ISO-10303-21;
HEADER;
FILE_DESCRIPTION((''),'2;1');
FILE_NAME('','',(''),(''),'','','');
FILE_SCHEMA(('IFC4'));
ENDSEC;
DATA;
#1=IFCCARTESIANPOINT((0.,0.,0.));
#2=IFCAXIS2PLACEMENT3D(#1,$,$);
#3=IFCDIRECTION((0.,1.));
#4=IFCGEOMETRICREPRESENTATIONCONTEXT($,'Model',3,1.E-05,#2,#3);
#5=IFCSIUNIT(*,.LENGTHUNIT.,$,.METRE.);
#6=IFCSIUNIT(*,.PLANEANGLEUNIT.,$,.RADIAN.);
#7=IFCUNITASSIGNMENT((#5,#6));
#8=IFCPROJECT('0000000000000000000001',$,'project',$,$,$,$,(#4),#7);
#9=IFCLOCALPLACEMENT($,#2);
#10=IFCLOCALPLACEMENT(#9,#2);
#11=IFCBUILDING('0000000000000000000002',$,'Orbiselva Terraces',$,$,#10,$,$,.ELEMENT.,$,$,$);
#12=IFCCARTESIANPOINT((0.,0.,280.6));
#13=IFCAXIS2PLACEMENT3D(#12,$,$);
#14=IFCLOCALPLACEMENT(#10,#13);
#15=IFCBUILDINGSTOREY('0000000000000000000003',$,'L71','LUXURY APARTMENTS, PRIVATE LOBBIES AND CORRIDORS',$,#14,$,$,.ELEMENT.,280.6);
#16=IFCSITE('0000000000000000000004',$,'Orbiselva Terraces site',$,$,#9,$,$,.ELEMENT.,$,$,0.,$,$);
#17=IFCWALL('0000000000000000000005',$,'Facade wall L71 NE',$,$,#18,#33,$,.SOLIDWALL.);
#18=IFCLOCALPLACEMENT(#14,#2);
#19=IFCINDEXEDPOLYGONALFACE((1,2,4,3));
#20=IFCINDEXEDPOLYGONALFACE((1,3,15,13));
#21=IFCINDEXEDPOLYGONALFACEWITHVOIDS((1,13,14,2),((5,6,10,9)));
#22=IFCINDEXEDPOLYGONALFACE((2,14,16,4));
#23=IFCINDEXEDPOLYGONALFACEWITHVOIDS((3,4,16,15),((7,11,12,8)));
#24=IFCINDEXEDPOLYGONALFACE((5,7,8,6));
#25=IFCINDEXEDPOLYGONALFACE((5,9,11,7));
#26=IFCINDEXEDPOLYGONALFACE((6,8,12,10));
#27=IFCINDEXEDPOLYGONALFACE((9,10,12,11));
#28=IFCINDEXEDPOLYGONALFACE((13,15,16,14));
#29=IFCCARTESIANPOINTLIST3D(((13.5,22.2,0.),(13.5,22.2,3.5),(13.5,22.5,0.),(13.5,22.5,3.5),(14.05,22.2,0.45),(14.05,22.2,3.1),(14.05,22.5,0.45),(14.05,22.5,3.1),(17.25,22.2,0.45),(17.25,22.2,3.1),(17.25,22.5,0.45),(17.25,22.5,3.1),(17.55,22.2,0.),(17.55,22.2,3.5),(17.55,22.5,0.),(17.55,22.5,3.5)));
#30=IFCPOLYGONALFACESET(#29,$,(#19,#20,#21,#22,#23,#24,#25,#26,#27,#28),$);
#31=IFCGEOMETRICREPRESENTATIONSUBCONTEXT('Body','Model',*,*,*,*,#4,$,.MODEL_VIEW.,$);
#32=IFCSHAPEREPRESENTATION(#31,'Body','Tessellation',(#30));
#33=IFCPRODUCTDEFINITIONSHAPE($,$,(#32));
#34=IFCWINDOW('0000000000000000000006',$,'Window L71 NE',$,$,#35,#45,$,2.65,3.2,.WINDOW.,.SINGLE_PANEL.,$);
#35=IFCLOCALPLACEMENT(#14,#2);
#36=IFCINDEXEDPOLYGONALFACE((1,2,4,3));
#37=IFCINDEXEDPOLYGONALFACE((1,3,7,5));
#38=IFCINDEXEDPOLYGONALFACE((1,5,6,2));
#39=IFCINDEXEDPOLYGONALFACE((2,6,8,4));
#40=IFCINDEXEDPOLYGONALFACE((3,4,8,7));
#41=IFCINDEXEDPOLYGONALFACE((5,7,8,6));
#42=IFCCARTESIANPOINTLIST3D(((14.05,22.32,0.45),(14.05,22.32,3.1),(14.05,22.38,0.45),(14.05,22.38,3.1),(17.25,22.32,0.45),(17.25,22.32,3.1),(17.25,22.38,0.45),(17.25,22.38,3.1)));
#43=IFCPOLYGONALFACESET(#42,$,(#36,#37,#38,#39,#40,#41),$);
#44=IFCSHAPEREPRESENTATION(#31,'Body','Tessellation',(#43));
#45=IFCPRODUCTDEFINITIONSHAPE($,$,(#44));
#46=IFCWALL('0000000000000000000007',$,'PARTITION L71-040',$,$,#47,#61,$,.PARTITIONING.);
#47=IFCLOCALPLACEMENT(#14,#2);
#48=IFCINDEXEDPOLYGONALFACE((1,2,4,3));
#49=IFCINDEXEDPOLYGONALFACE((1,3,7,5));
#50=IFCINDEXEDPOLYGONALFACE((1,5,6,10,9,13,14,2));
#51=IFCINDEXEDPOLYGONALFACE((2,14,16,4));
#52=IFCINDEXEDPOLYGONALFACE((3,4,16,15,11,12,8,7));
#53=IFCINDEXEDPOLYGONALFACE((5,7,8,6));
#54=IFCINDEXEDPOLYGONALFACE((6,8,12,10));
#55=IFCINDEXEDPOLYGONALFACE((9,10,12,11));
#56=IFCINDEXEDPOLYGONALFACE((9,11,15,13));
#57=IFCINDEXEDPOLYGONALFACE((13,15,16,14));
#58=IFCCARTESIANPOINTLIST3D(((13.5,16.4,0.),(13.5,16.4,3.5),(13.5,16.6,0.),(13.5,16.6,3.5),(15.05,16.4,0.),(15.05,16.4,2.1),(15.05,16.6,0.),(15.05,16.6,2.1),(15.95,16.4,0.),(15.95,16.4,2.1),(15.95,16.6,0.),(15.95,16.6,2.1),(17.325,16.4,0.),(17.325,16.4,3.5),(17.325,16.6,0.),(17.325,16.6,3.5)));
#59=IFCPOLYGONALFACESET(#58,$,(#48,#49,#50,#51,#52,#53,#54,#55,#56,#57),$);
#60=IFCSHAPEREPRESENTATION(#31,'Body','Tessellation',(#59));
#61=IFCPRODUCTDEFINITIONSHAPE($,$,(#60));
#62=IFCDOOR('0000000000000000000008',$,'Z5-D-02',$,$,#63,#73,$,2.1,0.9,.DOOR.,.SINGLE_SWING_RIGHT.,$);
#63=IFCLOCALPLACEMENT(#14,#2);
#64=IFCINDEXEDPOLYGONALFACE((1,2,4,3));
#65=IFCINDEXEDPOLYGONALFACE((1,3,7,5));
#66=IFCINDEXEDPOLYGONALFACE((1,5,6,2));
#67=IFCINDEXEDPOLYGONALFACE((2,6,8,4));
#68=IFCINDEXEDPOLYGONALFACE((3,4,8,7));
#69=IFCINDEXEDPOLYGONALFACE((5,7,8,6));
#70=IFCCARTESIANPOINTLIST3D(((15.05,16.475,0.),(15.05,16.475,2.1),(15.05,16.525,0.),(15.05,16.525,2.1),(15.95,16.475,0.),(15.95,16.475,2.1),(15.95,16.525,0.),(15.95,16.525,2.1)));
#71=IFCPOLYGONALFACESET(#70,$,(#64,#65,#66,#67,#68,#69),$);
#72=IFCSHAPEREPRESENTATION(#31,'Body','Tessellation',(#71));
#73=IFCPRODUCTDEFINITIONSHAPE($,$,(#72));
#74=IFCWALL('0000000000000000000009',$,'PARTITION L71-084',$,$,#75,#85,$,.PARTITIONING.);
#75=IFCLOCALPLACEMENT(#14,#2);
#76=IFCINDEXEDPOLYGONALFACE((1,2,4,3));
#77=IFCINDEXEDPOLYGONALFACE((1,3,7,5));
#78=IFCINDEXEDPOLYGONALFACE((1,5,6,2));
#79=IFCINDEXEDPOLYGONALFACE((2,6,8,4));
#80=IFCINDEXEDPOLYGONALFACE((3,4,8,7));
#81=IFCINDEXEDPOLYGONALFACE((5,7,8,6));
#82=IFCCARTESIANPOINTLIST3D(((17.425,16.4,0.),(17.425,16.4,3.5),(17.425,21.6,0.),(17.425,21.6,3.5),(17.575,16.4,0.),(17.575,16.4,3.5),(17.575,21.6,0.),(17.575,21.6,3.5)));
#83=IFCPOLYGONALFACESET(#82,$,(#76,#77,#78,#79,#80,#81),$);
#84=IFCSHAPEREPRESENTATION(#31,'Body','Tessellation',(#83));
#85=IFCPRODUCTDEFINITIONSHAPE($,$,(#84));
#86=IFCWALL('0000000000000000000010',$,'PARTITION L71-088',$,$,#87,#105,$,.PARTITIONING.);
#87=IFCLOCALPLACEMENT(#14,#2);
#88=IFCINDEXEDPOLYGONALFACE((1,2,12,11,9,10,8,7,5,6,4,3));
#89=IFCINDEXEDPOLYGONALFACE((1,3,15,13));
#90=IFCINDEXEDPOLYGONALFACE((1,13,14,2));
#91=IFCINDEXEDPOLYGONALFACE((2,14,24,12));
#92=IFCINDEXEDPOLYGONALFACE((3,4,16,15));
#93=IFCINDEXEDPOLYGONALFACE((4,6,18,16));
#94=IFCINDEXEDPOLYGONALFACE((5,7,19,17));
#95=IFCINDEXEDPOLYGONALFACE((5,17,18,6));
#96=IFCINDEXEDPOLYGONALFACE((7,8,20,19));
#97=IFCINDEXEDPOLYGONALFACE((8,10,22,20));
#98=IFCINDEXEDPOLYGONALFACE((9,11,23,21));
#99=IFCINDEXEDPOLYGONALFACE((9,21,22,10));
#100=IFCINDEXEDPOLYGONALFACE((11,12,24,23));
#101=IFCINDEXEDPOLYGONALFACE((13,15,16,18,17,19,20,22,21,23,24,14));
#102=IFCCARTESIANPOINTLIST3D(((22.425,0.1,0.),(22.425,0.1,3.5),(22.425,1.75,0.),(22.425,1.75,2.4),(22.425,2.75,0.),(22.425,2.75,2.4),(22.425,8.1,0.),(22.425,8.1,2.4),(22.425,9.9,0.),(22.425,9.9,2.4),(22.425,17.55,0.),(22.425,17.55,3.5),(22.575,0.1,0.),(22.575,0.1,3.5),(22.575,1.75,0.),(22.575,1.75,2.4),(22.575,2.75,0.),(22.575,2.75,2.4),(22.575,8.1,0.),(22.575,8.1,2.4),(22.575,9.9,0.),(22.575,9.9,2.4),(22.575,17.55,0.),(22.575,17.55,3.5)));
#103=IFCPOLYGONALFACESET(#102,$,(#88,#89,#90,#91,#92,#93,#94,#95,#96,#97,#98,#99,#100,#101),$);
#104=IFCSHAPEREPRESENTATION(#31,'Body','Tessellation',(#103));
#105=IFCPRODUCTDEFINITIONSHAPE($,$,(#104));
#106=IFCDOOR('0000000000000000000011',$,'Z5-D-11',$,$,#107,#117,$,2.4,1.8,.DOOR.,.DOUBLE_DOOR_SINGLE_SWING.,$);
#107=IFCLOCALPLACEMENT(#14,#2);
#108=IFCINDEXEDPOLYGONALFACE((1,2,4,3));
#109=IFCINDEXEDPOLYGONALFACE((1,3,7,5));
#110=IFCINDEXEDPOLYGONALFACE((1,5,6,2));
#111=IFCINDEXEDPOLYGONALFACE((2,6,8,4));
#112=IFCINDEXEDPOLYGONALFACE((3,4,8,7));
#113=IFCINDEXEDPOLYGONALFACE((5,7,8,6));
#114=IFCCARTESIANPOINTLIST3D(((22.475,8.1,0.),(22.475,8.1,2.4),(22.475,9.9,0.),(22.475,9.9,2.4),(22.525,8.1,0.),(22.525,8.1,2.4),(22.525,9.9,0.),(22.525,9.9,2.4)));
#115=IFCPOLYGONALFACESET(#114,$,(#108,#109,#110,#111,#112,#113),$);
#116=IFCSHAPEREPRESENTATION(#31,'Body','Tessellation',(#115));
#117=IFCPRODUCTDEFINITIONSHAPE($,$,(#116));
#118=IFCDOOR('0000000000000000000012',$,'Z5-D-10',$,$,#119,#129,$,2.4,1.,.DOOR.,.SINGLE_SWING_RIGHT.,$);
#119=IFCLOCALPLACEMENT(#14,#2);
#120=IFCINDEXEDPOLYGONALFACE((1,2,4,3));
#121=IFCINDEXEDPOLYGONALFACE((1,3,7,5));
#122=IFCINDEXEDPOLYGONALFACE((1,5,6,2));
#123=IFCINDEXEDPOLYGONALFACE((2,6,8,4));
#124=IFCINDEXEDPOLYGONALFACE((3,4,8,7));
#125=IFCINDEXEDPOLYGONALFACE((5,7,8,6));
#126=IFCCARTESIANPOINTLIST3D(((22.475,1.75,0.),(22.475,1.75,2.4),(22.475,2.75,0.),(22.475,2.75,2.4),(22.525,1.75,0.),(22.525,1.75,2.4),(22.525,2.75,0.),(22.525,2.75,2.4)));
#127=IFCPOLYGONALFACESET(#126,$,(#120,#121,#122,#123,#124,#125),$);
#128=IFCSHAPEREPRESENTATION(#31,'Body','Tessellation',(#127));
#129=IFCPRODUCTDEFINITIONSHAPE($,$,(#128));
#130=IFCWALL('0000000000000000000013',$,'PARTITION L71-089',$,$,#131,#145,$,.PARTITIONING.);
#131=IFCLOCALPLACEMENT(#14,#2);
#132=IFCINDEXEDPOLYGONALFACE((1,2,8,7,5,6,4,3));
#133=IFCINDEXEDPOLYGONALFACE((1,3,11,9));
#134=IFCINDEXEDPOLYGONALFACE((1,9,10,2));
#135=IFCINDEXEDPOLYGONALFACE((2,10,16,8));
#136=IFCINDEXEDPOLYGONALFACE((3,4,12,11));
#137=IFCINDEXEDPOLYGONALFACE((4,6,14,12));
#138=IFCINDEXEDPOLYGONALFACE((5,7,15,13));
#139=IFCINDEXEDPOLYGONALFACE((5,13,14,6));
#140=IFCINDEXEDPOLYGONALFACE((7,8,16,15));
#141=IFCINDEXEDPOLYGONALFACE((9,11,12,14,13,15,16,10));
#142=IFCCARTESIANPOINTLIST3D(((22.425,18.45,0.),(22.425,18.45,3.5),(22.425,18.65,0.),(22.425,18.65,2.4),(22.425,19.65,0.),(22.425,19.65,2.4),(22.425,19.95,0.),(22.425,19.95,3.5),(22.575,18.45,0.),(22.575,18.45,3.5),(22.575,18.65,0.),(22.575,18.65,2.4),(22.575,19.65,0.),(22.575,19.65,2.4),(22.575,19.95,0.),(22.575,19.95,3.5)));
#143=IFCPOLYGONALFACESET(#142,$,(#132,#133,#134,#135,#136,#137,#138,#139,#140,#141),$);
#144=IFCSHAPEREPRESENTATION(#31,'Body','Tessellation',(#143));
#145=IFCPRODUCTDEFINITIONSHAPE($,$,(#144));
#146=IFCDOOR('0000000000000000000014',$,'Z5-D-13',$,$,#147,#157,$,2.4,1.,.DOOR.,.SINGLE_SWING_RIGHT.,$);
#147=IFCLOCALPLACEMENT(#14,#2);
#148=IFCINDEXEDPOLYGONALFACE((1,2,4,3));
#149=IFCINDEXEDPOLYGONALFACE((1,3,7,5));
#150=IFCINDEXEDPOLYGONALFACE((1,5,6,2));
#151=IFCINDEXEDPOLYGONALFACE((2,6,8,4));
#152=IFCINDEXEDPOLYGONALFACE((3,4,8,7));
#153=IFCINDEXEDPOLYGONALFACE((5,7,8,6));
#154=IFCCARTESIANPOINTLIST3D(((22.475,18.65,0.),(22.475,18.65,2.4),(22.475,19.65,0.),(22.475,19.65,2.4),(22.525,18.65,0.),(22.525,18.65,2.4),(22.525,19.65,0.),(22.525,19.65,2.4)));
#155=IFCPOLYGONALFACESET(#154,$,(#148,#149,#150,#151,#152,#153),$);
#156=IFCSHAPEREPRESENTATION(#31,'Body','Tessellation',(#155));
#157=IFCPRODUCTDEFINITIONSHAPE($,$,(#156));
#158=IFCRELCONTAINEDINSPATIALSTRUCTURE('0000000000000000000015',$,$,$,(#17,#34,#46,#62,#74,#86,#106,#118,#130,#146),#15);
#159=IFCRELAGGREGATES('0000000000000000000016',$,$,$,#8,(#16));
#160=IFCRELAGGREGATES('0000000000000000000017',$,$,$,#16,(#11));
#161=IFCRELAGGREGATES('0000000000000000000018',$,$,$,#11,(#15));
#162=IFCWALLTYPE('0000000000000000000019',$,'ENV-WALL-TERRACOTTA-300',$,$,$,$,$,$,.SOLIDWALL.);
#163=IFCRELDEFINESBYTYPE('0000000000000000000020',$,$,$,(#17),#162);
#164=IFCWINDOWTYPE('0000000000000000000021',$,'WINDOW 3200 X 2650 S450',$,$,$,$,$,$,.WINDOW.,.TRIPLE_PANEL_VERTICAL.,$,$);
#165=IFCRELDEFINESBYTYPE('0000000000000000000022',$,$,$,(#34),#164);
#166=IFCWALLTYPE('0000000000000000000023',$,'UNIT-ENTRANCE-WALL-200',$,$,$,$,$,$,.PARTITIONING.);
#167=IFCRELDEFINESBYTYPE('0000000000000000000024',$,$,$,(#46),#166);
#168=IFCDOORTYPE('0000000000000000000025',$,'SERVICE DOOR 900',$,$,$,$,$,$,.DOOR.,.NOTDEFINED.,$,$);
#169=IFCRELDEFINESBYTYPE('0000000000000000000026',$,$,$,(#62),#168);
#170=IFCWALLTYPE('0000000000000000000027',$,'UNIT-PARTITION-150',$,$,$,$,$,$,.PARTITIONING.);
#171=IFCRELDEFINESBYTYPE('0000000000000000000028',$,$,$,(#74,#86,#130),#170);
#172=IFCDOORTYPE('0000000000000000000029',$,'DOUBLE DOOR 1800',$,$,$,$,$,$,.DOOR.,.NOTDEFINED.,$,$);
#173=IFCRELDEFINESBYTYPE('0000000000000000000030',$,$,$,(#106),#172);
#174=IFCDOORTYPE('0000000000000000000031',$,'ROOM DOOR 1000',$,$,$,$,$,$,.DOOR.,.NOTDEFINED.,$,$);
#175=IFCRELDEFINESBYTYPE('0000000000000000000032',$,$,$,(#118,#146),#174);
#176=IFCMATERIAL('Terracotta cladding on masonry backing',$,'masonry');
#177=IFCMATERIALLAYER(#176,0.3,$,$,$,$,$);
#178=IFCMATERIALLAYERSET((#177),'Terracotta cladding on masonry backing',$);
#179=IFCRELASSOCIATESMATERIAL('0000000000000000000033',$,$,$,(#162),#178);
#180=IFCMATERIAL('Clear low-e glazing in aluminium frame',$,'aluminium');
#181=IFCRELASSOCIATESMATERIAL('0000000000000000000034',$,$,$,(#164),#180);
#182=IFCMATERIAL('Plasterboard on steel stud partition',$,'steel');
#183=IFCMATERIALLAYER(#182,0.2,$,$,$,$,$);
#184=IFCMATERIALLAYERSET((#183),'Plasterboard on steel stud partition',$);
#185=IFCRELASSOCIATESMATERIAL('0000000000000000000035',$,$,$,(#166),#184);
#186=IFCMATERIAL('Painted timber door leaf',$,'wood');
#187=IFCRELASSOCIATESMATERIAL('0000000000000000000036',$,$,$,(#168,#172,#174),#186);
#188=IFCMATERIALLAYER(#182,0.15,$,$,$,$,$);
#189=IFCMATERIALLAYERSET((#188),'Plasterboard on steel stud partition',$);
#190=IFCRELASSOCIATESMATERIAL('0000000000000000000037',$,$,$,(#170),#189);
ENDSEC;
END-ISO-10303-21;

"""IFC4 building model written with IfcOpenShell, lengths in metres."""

from ifc_helpers import new_model, si_unit, direction, frame, frame_2d, origin, place, context, subcontext, project, spatial, rectangle, extrude, material, layer, layer_set, type_object, element, fill, save


model = new_model("IFC4")

# Units and contexts
model_context = context("Model", 3, precision=1e-05, world=origin(), true_north=direction((0.0, 1.0)))
body_context = subcontext(model_context, "Body", "Model", "MODEL_VIEW")
ifc_project = project(units=[si_unit("LENGTHUNIT", "METRE"), si_unit("PLANEANGLEUNIT", "RADIAN")], contexts=[model_context])

# Site, building, storey
site_placement = place(None, origin())
site = spatial("IfcSite", under=ifc_project, at=site_placement, Name="Orbiselva Terraces site", CompositionType="ELEMENT", RefElevation=0.0)
building_placement = place(site_placement, origin())
building = spatial("IfcBuilding", under=site, at=building_placement, Name="Orbiselva Terraces", CompositionType="ELEMENT")
storey_placement = place(building_placement, frame((0.0, 0.0, 280.6)))
storey = spatial("IfcBuildingStorey", under=building, at=storey_placement, Name="L71", Description="LUXURY APARTMENTS, PRIVATE LOBBIES AND CORRIDORS", CompositionType="ELEMENT", Elevation=280.6)

# Shared definitions
ifc_material_1 = material(Name="Terracotta cladding on masonry backing", Category="masonry")
ifc_layer_1 = layer(ifc_material_1, 0.3)
ifc_layer_set_1 = layer_set([ifc_layer_1], Name="Terracotta cladding on masonry backing")
wall_type_1 = type_object("IfcWallType", Name="ENV-WALL-TERRACOTTA-300", PredefinedType="SOLIDWALL", material=ifc_layer_set_1)
ifc_material_2 = material(Name="Clear low-e glazing in aluminium frame", Category="aluminium")
window_type = type_object("IfcWindowType", Name="WINDOW 3200 X 2650 S450", PartitioningType="TRIPLE_PANEL_VERTICAL", PredefinedType="WINDOW", material=ifc_material_2)

# Wall, opening, window
wall_1_placement = place(storey_placement, frame((13.5, 22.35, 0.0), z_axis=(0.0, 0.0, 1.0), x_axis=(1.0, 0.0, 0.0)))
wall_1 = element("IfcWall", 1, at=wall_1_placement, inside=storey, type_object=wall_type_1, Name="Facade wall L71 NE", PredefinedType="SOLIDWALL", context=body_context, shape_type="SweptSolid", body=[
    extrude(rectangle(XDim=4.05, YDim=0.3, at=frame_2d((2.025, 0.0))), origin(), (0.0, 0.0, 1.0), 3.5),
])
opening_1_placement = place(wall_1_placement, frame((0.55, 0.0, 0.45)))
opening_1 = element("IfcOpeningElement", 2, at=opening_1_placement, cuts=wall_1, PredefinedType="OPENING", context=body_context, shape_type="SweptSolid", body=[
    extrude(rectangle(XDim=3.2, YDim=2.65, at=frame_2d((1.6, 1.325))), frame((0.0, 0.16, 0.0), z_axis=(0.0, -1.0, 0.0), x_axis=(1.0, 0.0, 0.0)), (0.0, 0.0, 1.0), 0.32),
])
window_1_placement = place(opening_1_placement, origin())
window_1 = element("IfcWindow", 3, at=window_1_placement, inside=storey, type_object=window_type, Name="Window L71 NE", OverallHeight=2.65, OverallWidth=3.2, PartitioningType="SINGLE_PANEL", PredefinedType="WINDOW", context=body_context, shape_type="SweptSolid", body=[
    extrude(rectangle(XDim=3.2, YDim=2.65, at=frame_2d((1.6, 1.325))), frame((0.0, 0.03, 0.0), z_axis=(0.0, -1.0, 0.0), x_axis=(1.0, 0.0, 0.0)), (0.0, 0.0, 1.0), 0.06),
])
fill(opening_1, window_1)

# Wall, opening, door
ifc_material_3 = material(Name="Plasterboard on steel stud partition", Category="steel")
ifc_layer_2 = layer(ifc_material_3, 0.2)
ifc_layer_set_2 = layer_set([ifc_layer_2], Name="Plasterboard on steel stud partition")
wall_type_2 = type_object("IfcWallType", Name="UNIT-ENTRANCE-WALL-200", PredefinedType="PARTITIONING", material=ifc_layer_set_2)
wall_2_placement = place(storey_placement, frame((13.5, 16.5, 0.0), z_axis=(0.0, 0.0, 1.0), x_axis=(1.0, 0.0, 0.0)))
wall_2 = element("IfcWall", 4, at=wall_2_placement, inside=storey, type_object=wall_type_2, Name="PARTITION L71-040", PredefinedType="PARTITIONING", context=body_context, shape_type="SweptSolid", body=[
    extrude(rectangle(XDim=3.825, YDim=0.2, at=frame_2d((1.9125, 0.0))), origin(), (0.0, 0.0, 1.0), 3.5),
])
opening_2_placement = place(wall_2_placement, frame((1.55, 0.0, 0.0)))
opening_2 = element("IfcOpeningElement", 5, at=opening_2_placement, cuts=wall_2, PredefinedType="OPENING", context=body_context, shape_type="SweptSolid", body=[
    extrude(rectangle(XDim=0.9, YDim=2.1, at=frame_2d((0.45, 1.05))), frame((0.0, 0.11, 0.0), z_axis=(0.0, -1.0, 0.0), x_axis=(1.0, 0.0, 0.0)), (0.0, 0.0, 1.0), 0.22),
])
ifc_material_4 = material(Name="Painted timber door leaf", Category="wood")
door_type_1 = type_object("IfcDoorType", Name="SERVICE DOOR 900", OperationType="NOTDEFINED", PredefinedType="DOOR", material=ifc_material_4)
door_1_placement = place(opening_2_placement, origin())
door_1 = element("IfcDoor", 6, at=door_1_placement, inside=storey, type_object=door_type_1, Name="Z5-D-02", OperationType="SINGLE_SWING_RIGHT", OverallHeight=2.1, OverallWidth=0.9, PredefinedType="DOOR", context=body_context, shape_type="SweptSolid", body=[
    extrude(rectangle(XDim=0.9, YDim=2.1, at=frame_2d((0.45, 1.05))), frame((0.0, 0.025, 0.0), z_axis=(0.0, -1.0, 0.0), x_axis=(1.0, 0.0, 0.0)), (0.0, 0.0, 1.0), 0.05),
])
fill(opening_2, door_1)

# Wall
ifc_layer_3 = layer(ifc_material_3, 0.15)
ifc_layer_set_3 = layer_set([ifc_layer_3], Name="Plasterboard on steel stud partition")
wall_type_3 = type_object("IfcWallType", Name="UNIT-PARTITION-150", PredefinedType="PARTITIONING", material=ifc_layer_set_3)
wall_3_placement = place(storey_placement, frame((17.5, 16.4, 0.0), z_axis=(0.0, 0.0, 1.0), x_axis=(0.0, 1.0, 0.0)))
element("IfcWall", 7, at=wall_3_placement, inside=storey, type_object=wall_type_3, Name="PARTITION L71-084", PredefinedType="PARTITIONING", context=body_context, shape_type="SweptSolid", body=[
    extrude(rectangle(XDim=5.2, YDim=0.15, at=frame_2d((2.6, 0.0))), origin(), (0.0, 0.0, 1.0), 3.5),
])

# Wall, openings, doors
wall_4_placement = place(storey_placement, frame((22.5, 17.55, 0.0), z_axis=(0.0, 0.0, 1.0), x_axis=(0.0, -1.0, 0.0)))
wall_4 = element("IfcWall", 8, at=wall_4_placement, inside=storey, type_object=wall_type_3, Name="PARTITION L71-088", PredefinedType="PARTITIONING", context=body_context, shape_type="SweptSolid", body=[
    extrude(rectangle(XDim=17.45, YDim=0.15, at=frame_2d((8.725, 0.0))), origin(), (0.0, 0.0, 1.0), 3.5),
])
opening_3_placement = place(wall_4_placement, frame((14.8, 0.0, 0.0)))
opening_3 = element("IfcOpeningElement", 9, at=opening_3_placement, cuts=wall_4, PredefinedType="OPENING", context=body_context, shape_type="SweptSolid", body=[
    extrude(rectangle(XDim=1.0, YDim=2.4, at=frame_2d((0.5, 1.2))), frame((0.0, 0.085, 0.0), z_axis=(0.0, -1.0, 0.0), x_axis=(1.0, 0.0, 0.0)), (0.0, 0.0, 1.0), 0.17),
])
opening_4_placement = place(wall_4_placement, frame((7.65, 0.0, 0.0)))
opening_4 = element("IfcOpeningElement", 10, at=opening_4_placement, cuts=wall_4, PredefinedType="OPENING", context=body_context, shape_type="SweptSolid", body=[
    extrude(rectangle(XDim=1.8, YDim=2.4, at=frame_2d((0.9, 1.2))), frame((0.0, 0.085, 0.0), z_axis=(0.0, -1.0, 0.0), x_axis=(1.0, 0.0, 0.0)), (0.0, 0.0, 1.0), 0.17),
])
door_type_2 = type_object("IfcDoorType", Name="DOUBLE DOOR 1800", OperationType="NOTDEFINED", PredefinedType="DOOR", material=ifc_material_4)
door_2_placement = place(opening_4_placement, origin())
door_2 = element("IfcDoor", 11, at=door_2_placement, inside=storey, type_object=door_type_2, Name="Z5-D-11", OperationType="DOUBLE_DOOR_SINGLE_SWING", OverallHeight=2.4, OverallWidth=1.8, PredefinedType="DOOR", context=body_context, shape_type="SweptSolid", body=[
    extrude(rectangle(XDim=1.8, YDim=2.4, at=frame_2d((0.9, 1.2))), frame((0.0, 0.025, 0.0), z_axis=(0.0, -1.0, 0.0), x_axis=(1.0, 0.0, 0.0)), (0.0, 0.0, 1.0), 0.05),
])
fill(opening_4, door_2)
door_type_3 = type_object("IfcDoorType", Name="ROOM DOOR 1000", OperationType="NOTDEFINED", PredefinedType="DOOR", material=ifc_material_4)
door_3_placement = place(opening_3_placement, origin())
door_3 = element("IfcDoor", 12, at=door_3_placement, inside=storey, type_object=door_type_3, Name="Z5-D-10", OperationType="SINGLE_SWING_RIGHT", OverallHeight=2.4, OverallWidth=1.0, PredefinedType="DOOR", context=body_context, shape_type="SweptSolid", body=[
    extrude(rectangle(XDim=1.0, YDim=2.4, at=frame_2d((0.5, 1.2))), frame((0.0, 0.025, 0.0), z_axis=(0.0, -1.0, 0.0), x_axis=(1.0, 0.0, 0.0)), (0.0, 0.0, 1.0), 0.05),
])
fill(opening_3, door_3)

# Wall, opening, door
wall_5_placement = place(storey_placement, frame((22.5, 19.95, 0.0), z_axis=(0.0, 0.0, 1.0), x_axis=(0.0, -1.0, 0.0)))
wall_5 = element("IfcWall", 13, at=wall_5_placement, inside=storey, type_object=wall_type_3, Name="PARTITION L71-089", PredefinedType="PARTITIONING", context=body_context, shape_type="SweptSolid", body=[
    extrude(rectangle(XDim=1.5, YDim=0.15, at=frame_2d((0.75, 0.0))), origin(), (0.0, 0.0, 1.0), 3.5),
])
opening_5_placement = place(wall_5_placement, frame((0.3, 0.0, 0.0)))
opening_5 = element("IfcOpeningElement", 14, at=opening_5_placement, cuts=wall_5, PredefinedType="OPENING", context=body_context, shape_type="SweptSolid", body=[
    extrude(rectangle(XDim=1.0, YDim=2.4, at=frame_2d((0.5, 1.2))), frame((0.0, 0.085, 0.0), z_axis=(0.0, -1.0, 0.0), x_axis=(1.0, 0.0, 0.0)), (0.0, 0.0, 1.0), 0.17),
])
door_4_placement = place(opening_5_placement, origin())
door_4 = element("IfcDoor", 15, at=door_4_placement, inside=storey, type_object=door_type_3, Name="Z5-D-13", OperationType="SINGLE_SWING_RIGHT", OverallHeight=2.4, OverallWidth=1.0, PredefinedType="DOOR", context=body_context, shape_type="SweptSolid", body=[
    extrude(rectangle(XDim=1.0, YDim=2.4, at=frame_2d((0.5, 1.2))), frame((0.0, 0.025, 0.0), z_axis=(0.0, -1.0, 0.0), x_axis=(1.0, 0.0, 0.0)), (0.0, 0.0, 1.0), 0.05),
])
fill(opening_5, door_4)

save(model, "model.ifc")
